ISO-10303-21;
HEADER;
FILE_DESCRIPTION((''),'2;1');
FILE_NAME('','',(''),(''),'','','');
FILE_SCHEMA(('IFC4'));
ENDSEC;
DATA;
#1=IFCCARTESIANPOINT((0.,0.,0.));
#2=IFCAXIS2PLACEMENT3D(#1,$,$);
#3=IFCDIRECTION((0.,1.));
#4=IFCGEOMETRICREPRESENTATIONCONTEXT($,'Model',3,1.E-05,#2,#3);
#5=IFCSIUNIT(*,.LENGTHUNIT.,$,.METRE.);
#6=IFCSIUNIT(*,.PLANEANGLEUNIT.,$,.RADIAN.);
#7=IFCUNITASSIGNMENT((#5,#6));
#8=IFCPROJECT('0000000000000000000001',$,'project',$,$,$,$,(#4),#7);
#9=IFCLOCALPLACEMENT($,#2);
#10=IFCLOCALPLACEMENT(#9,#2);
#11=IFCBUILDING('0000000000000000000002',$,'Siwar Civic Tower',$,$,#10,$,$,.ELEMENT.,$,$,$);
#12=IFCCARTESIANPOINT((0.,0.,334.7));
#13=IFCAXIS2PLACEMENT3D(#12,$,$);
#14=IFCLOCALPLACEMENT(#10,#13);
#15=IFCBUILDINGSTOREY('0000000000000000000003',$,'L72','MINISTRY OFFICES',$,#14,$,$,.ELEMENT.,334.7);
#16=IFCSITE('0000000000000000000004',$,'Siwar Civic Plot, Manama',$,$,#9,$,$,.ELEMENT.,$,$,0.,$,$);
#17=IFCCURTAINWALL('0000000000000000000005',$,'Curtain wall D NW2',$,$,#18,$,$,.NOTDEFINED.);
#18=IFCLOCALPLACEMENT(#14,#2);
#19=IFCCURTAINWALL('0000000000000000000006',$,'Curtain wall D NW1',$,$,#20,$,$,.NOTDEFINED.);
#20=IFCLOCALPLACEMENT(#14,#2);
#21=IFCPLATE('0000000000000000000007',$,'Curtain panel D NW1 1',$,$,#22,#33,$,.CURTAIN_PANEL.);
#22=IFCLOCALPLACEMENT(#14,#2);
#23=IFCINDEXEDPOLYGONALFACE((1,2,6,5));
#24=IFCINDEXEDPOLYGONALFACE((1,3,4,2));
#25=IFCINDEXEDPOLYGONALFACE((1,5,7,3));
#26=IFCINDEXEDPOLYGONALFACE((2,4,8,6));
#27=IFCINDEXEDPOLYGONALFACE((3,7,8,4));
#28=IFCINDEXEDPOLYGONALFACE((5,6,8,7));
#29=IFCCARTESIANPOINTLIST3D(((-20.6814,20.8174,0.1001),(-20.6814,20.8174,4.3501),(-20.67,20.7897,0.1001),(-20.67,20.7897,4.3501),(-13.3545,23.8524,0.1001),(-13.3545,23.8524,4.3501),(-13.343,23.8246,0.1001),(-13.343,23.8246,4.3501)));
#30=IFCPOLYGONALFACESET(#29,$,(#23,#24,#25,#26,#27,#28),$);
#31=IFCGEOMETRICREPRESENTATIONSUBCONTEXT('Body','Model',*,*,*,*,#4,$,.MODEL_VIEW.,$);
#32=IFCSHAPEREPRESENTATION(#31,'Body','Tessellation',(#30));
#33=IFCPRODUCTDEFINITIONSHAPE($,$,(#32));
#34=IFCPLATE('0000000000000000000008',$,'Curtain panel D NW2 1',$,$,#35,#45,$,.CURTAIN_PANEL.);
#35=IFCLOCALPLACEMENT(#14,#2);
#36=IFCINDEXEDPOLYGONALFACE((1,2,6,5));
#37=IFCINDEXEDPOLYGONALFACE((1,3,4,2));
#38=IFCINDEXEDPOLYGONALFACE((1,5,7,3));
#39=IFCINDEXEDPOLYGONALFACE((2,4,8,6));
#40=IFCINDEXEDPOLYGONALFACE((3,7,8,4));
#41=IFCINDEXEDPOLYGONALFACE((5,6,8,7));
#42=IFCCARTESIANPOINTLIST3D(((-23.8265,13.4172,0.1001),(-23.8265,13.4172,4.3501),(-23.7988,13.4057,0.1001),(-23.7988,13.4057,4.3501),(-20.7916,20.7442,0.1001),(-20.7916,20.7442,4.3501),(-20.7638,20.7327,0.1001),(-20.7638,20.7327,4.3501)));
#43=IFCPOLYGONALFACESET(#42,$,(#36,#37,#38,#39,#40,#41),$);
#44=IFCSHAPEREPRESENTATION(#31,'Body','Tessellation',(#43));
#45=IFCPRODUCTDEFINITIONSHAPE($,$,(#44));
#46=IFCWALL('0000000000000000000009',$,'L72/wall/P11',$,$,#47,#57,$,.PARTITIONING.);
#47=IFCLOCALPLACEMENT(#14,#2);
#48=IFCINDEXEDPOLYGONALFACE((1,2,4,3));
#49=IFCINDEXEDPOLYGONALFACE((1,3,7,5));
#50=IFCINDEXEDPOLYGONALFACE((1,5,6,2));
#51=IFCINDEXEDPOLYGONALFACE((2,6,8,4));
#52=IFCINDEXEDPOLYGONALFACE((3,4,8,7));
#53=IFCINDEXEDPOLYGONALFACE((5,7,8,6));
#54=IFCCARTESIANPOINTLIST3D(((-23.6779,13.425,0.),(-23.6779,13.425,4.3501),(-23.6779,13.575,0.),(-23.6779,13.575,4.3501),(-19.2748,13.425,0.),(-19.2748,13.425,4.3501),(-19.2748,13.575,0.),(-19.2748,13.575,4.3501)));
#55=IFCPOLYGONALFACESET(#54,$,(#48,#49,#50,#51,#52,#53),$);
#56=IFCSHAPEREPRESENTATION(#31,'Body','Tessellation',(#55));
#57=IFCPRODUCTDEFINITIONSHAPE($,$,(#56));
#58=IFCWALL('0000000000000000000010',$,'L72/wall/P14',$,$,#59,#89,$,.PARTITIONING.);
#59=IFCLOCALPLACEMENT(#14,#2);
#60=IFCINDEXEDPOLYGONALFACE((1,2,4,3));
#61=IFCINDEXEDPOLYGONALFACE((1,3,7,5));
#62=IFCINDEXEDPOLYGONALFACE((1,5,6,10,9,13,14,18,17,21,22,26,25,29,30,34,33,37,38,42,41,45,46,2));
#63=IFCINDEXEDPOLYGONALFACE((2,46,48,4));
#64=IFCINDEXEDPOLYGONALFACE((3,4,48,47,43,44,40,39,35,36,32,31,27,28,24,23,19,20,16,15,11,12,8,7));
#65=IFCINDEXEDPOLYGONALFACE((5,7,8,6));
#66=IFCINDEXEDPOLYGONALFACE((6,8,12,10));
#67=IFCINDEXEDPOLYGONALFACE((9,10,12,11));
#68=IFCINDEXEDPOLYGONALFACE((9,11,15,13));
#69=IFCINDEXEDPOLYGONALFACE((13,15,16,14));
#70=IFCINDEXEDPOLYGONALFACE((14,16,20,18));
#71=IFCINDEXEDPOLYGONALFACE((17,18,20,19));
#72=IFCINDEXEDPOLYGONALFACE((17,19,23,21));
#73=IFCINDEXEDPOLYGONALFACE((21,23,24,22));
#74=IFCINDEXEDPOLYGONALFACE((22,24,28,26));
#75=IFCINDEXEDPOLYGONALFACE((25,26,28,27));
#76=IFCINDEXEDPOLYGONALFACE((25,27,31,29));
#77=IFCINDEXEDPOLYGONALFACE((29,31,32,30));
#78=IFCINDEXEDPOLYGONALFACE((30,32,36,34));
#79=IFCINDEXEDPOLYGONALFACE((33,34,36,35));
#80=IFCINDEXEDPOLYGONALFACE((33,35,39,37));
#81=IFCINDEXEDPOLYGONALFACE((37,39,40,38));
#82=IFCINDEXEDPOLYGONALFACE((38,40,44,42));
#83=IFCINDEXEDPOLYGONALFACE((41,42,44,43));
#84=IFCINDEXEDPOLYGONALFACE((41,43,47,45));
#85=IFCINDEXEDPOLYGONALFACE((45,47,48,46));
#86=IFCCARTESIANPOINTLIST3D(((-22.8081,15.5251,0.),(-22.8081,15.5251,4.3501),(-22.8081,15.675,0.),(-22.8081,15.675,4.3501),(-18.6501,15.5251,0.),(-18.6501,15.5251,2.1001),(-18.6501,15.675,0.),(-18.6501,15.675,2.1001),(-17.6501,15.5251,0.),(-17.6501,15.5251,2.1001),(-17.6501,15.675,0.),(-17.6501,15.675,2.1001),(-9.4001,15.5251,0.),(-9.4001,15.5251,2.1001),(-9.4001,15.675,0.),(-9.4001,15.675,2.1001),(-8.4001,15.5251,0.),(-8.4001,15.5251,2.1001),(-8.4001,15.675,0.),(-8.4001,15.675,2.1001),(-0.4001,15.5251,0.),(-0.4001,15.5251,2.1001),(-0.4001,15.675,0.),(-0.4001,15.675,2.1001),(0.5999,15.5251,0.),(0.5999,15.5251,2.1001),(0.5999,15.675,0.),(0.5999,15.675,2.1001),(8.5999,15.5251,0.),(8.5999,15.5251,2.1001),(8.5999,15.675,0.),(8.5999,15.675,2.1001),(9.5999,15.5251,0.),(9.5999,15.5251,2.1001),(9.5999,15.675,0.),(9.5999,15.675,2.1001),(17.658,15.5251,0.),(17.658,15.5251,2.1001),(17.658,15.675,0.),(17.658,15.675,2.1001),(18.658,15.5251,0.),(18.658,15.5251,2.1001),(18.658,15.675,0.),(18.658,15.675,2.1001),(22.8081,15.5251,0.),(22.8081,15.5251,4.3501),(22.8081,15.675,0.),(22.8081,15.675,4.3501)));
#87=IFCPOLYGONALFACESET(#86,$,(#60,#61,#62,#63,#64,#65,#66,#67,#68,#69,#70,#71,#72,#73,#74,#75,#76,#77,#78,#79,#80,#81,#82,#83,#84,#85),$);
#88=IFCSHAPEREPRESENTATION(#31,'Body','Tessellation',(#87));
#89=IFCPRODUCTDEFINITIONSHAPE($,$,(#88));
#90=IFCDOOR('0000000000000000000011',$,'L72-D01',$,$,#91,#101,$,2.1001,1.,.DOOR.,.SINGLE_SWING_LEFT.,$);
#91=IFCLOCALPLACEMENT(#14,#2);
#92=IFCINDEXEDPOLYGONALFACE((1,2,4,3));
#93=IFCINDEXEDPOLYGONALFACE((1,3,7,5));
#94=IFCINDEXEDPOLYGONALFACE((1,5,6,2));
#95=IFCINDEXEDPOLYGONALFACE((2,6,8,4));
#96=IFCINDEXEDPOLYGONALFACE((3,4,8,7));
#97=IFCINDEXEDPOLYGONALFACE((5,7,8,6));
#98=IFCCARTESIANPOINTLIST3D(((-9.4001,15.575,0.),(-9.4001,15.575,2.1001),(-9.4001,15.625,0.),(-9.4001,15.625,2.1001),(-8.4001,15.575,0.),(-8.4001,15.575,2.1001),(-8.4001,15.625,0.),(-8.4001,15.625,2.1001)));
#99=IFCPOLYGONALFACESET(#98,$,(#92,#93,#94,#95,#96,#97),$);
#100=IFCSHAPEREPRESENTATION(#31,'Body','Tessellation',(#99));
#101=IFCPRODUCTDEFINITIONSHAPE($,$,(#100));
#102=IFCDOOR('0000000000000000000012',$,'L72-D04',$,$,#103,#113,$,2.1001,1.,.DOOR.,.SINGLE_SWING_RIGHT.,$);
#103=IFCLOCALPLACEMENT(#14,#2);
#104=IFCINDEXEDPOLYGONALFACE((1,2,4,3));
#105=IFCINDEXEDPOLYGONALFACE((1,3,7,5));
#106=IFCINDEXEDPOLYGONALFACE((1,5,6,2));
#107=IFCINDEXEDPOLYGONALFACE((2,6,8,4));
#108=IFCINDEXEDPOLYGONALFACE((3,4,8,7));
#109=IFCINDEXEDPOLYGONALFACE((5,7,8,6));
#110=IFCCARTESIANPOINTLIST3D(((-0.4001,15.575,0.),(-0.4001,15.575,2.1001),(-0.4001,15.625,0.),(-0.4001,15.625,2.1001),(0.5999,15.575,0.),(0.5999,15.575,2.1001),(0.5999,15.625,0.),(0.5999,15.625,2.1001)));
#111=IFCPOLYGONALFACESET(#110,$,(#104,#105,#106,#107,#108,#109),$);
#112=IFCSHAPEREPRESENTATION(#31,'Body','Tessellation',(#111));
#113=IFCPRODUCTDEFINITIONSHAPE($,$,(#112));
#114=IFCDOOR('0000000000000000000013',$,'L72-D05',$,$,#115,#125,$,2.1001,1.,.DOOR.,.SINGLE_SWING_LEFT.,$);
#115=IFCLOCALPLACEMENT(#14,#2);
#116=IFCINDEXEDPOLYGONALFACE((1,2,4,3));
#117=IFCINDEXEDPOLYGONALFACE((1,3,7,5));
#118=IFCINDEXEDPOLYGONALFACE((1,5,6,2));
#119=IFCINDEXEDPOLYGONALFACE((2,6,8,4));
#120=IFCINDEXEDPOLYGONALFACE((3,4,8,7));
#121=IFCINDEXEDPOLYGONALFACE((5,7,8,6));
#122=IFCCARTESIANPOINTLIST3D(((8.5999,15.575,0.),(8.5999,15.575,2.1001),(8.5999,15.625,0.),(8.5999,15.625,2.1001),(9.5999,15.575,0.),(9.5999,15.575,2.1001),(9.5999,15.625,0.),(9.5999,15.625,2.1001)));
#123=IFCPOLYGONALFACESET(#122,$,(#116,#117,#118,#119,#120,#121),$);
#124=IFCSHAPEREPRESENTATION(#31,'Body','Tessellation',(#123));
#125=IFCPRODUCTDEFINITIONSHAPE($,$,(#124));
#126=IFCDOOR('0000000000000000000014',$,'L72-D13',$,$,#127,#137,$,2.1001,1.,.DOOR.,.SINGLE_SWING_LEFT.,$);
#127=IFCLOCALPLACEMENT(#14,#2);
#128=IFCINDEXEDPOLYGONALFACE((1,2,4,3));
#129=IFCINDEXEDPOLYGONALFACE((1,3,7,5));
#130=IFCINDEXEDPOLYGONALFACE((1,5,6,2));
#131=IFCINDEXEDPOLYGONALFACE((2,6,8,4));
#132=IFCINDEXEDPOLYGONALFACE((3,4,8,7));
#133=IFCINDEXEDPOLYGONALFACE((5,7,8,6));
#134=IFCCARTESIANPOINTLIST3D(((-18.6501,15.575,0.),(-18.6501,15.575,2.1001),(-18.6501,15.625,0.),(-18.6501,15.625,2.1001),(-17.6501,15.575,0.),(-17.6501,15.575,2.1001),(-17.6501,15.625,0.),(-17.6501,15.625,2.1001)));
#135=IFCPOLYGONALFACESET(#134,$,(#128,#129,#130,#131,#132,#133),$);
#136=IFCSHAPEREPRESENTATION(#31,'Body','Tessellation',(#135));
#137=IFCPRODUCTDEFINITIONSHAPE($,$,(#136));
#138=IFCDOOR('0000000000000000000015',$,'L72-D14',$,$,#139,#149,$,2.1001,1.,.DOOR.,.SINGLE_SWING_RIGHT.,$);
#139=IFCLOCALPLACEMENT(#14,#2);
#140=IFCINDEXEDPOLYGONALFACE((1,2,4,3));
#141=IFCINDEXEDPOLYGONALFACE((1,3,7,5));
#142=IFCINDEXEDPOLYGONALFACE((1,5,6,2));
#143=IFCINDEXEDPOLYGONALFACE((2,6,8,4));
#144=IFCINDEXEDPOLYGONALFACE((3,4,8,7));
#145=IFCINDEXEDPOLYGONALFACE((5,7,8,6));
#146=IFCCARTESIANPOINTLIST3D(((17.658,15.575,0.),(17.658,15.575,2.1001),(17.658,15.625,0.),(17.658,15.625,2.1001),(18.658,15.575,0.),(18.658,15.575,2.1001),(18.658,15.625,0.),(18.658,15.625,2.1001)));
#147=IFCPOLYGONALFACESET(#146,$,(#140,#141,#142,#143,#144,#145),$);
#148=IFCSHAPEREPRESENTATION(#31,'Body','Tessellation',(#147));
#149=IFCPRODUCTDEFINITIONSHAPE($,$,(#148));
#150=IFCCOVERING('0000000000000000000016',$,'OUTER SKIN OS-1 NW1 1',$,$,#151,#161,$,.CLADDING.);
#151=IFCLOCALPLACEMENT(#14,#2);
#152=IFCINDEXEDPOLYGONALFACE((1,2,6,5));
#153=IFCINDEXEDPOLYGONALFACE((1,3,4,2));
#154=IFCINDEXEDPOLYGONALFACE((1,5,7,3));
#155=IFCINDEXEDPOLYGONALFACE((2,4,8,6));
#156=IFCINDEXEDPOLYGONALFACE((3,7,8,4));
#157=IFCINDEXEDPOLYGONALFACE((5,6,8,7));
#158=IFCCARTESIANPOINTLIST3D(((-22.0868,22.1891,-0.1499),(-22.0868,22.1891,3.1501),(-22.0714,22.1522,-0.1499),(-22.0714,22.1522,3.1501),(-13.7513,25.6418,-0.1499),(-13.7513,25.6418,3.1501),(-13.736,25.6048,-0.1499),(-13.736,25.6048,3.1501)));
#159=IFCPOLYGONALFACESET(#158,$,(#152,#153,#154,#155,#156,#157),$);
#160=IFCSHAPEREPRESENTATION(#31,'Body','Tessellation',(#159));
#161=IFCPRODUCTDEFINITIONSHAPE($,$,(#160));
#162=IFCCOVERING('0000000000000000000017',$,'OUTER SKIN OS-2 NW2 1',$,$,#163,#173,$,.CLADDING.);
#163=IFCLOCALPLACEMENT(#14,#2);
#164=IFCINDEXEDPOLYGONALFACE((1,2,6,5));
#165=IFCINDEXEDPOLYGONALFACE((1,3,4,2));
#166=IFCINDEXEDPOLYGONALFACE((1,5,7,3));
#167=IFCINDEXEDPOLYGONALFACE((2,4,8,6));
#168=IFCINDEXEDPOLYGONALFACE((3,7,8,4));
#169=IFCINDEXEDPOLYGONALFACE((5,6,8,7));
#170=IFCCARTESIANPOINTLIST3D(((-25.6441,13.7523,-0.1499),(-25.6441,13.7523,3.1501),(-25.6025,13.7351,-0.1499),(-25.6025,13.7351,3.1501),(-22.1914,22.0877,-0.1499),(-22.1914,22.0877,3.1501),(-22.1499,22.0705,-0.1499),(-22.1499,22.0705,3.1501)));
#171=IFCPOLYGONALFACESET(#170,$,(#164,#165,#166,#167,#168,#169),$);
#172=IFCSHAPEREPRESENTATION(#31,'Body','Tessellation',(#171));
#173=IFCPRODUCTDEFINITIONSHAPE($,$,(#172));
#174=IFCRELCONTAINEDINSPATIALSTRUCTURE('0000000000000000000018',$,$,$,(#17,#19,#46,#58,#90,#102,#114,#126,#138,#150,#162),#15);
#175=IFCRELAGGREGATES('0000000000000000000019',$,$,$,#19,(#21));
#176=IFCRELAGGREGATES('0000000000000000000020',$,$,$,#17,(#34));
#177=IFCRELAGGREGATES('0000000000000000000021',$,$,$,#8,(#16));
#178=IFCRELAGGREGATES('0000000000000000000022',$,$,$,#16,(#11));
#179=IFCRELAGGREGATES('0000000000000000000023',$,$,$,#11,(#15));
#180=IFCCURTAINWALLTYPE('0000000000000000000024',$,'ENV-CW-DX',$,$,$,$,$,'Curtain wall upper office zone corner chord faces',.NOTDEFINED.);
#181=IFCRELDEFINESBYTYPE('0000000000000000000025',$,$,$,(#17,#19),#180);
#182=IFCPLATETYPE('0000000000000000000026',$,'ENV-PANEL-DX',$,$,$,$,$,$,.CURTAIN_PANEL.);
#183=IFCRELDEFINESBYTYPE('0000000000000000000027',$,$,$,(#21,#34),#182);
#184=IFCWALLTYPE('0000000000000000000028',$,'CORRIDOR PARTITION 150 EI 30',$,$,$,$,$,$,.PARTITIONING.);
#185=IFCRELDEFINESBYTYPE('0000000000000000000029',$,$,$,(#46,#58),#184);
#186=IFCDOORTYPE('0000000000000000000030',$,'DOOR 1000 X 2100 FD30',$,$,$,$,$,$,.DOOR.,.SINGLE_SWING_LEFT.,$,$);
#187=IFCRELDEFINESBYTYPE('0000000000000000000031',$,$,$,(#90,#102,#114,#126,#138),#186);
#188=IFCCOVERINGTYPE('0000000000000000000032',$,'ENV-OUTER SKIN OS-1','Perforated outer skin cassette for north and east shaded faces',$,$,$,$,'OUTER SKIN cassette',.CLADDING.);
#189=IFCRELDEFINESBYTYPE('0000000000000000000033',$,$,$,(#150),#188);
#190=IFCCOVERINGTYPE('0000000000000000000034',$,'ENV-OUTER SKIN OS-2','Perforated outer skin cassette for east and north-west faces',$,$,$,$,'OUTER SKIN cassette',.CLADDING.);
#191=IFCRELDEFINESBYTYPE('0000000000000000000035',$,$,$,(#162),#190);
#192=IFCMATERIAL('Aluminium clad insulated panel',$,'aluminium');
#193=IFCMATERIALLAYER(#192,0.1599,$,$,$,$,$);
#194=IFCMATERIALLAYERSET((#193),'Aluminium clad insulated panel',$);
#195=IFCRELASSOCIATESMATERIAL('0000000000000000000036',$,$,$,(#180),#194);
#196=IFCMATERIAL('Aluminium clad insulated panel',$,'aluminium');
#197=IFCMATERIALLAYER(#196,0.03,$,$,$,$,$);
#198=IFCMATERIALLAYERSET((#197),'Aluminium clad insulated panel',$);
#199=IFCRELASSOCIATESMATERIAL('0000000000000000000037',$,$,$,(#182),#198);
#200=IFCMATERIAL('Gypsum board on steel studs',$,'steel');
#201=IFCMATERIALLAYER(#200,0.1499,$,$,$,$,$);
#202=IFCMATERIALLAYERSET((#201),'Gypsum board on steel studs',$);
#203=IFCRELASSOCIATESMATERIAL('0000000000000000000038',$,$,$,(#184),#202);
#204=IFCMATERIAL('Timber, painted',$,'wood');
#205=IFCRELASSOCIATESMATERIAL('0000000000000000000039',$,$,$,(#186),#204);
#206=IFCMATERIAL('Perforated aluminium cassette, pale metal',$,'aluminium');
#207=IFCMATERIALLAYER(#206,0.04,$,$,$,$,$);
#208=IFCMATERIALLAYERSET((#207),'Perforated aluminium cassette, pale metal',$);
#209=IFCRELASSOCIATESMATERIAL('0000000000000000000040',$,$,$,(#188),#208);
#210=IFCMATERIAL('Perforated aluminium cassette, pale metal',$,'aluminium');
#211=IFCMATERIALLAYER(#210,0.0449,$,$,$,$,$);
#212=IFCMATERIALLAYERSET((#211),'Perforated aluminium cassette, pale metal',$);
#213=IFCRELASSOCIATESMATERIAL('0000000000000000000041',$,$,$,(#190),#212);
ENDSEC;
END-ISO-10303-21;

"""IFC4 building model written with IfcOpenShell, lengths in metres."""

from ifc_helpers import new_model, si_unit, direction, frame, frame_2d, origin, origin_2d, place, context, subcontext, project, spatial, rectangle, extrude, material, layer, layer_set, type_object, element, fill, aggregate, save


model = new_model("IFC4")

# Units and contexts
model_context = context("Model", 3, precision=1e-05, world=origin(), true_north=direction((0.0, 1.0)))
body_context = subcontext(model_context, "Body", "Model", "MODEL_VIEW")
ifc_project = project(units=[si_unit("LENGTHUNIT", "METRE"), si_unit("PLANEANGLEUNIT", "RADIAN")], contexts=[model_context])

# Site, building, storey
site_placement = place(None, origin())
site = spatial("IfcSite", under=ifc_project, at=site_placement, Name="Siwar Civic Plot, Manama", CompositionType="ELEMENT", RefElevation=0.0)
building_placement = place(site_placement, origin())
building = spatial("IfcBuilding", under=site, at=building_placement, Name="Siwar Civic Tower", CompositionType="ELEMENT")
storey_placement = place(building_placement, frame((0.0, 0.0, 334.7)))
storey = spatial("IfcBuildingStorey", under=building, at=storey_placement, Name="L72", Description="MINISTRY OFFICES", CompositionType="ELEMENT", Elevation=334.7)

# Curtain wall
ifc_material_1 = material(Name="Aluminium clad insulated panel", Category="aluminium")
ifc_layer_1 = layer(ifc_material_1, 0.1599)
ifc_layer_set_1 = layer_set([ifc_layer_1], Name="Aluminium clad insulated panel")
curtain_wall_type_1 = type_object("IfcCurtainWallType", Name="ENV-CW-DX", ElementType="Curtain wall upper office zone corner chord faces", PredefinedType="NOTDEFINED", material=ifc_layer_set_1)
curtain_wall_1_placement = place(storey_placement, origin())
curtain_wall_1 = element("IfcCurtainWall", 1, at=curtain_wall_1_placement, inside=storey, type_object=curtain_wall_type_1, Name="Curtain wall D NW2", PredefinedType="NOTDEFINED")

# Curtain wall, plate
curtain_wall_2_placement = place(storey_placement, origin())
curtain_wall_2 = element("IfcCurtainWall", 2, at=curtain_wall_2_placement, inside=storey, type_object=curtain_wall_type_1, Name="Curtain wall D NW1", PredefinedType="NOTDEFINED")
ifc_material_2 = material(Name="Aluminium clad insulated panel", Category="aluminium")
ifc_layer_2 = layer(ifc_material_2, 0.03)
ifc_layer_set_2 = layer_set([ifc_layer_2], Name="Aluminium clad insulated panel")
plate_type = type_object("IfcPlateType", Name="ENV-PANEL-DX", PredefinedType="CURTAIN_PANEL", material=ifc_layer_set_2)
plate_1_placement = place(storey_placement, frame((-17.0122, 22.321, 0.1001), z_axis=(0.0, 0.0, 1.0), x_axis=(-0.92388, -0.382683, 0.0)))
plate_1 = element("IfcPlate", 3, at=plate_1_placement, type_object=plate_type, Name="Curtain panel D NW1 1", PredefinedType="CURTAIN_PANEL", context=body_context, shape_type="SweptSolid", body=[
    extrude(rectangle(XDim=7.9307, YDim=0.03, at=origin_2d()), origin(), (0.0, 0.0, 1.0), 4.25),
])
aggregate(curtain_wall_2, [plate_1])

# Plate
plate_2_placement = place(storey_placement, frame((-22.2952, 17.075, 0.1001), z_axis=(0.0, 0.0, 1.0), x_axis=(-0.382683, -0.92388, 0.0)))
plate_2 = element("IfcPlate", 4, at=plate_2_placement, type_object=plate_type, Name="Curtain panel D NW2 1", PredefinedType="CURTAIN_PANEL", context=body_context, shape_type="SweptSolid", body=[
    extrude(rectangle(XDim=7.9307, YDim=0.03, at=origin_2d()), origin(), (0.0, 0.0, 1.0), 4.25),
])
aggregate(curtain_wall_1, [plate_2])

# Wall
ifc_material_3 = material(Name="Gypsum board on steel studs", Category="steel")
ifc_layer_3 = layer(ifc_material_3, 0.1499)
ifc_layer_set_3 = layer_set([ifc_layer_3], Name="Gypsum board on steel studs")
wall_type = type_object("IfcWallType", Name="CORRIDOR PARTITION 150 EI 30", PredefinedType="PARTITIONING", material=ifc_layer_set_3)
wall_1_placement = place(storey_placement, frame((-23.678, 13.5, 0.0), z_axis=(0.0, 0.0, 1.0), x_axis=(1.0, 0.0, 0.0)))
element("IfcWall", 5, at=wall_1_placement, inside=storey, type_object=wall_type, Name="L72/wall/P11", PredefinedType="PARTITIONING", context=body_context, shape_type="SweptSolid", body=[
    extrude(rectangle(XDim=4.4031, YDim=0.1499, at=frame_2d((2.2017, 0.0))), origin(), (0.0, 0.0, 1.0), 4.3501),
])

# Wall, openings, doors
wall_2_placement = place(storey_placement, frame((-22.8081, 15.6001, 0.0), z_axis=(0.0, 0.0, 1.0), x_axis=(1.0, 0.0, 0.0)))
wall_2 = element("IfcWall", 6, at=wall_2_placement, inside=storey, type_object=wall_type, Name="L72/wall/P14", PredefinedType="PARTITIONING", context=body_context, shape_type="SweptSolid", body=[
    extrude(rectangle(XDim=45.6162, YDim=0.1499, at=frame_2d((22.8081, 0.0))), origin(), (0.0, 0.0, 1.0), 4.3501),
])
opening_1_placement = place(wall_2_placement, frame((13.408, 0.0, 0.0)))
opening_1 = element("IfcOpeningElement", 7, at=opening_1_placement, cuts=wall_2, PredefinedType="OPENING", context=body_context, shape_type="SweptSolid", body=[
    extrude(rectangle(XDim=1.0, YDim=2.1001, at=frame_2d((0.5, 1.05))), frame((0.0, 0.085, 0.0), z_axis=(0.0, -1.0, 0.0), x_axis=(1.0, 0.0, 0.0)), (0.0, 0.0, 1.0), 0.1699),
])
opening_2_placement = place(wall_2_placement, frame((22.408, 0.0, 0.0)))
opening_2 = element("IfcOpeningElement", 8, at=opening_2_placement, cuts=wall_2, PredefinedType="OPENING", context=body_context, shape_type="SweptSolid", body=[
    extrude(rectangle(XDim=1.0, YDim=2.1001, at=frame_2d((0.5, 1.05))), frame((0.0, 0.085, 0.0), z_axis=(0.0, -1.0, 0.0), x_axis=(1.0, 0.0, 0.0)), (0.0, 0.0, 1.0), 0.1699),
])
opening_3_placement = place(wall_2_placement, frame((31.408, 0.0, 0.0)))
opening_3 = element("IfcOpeningElement", 9, at=opening_3_placement, cuts=wall_2, PredefinedType="OPENING", context=body_context, shape_type="SweptSolid", body=[
    extrude(rectangle(XDim=1.0, YDim=2.1001, at=frame_2d((0.5, 1.05))), frame((0.0, 0.085, 0.0), z_axis=(0.0, -1.0, 0.0), x_axis=(1.0, 0.0, 0.0)), (0.0, 0.0, 1.0), 0.1699),
])
opening_4_placement = place(wall_2_placement, frame((4.158, 0.0, 0.0)))
opening_4 = element("IfcOpeningElement", 10, at=opening_4_placement, cuts=wall_2, PredefinedType="OPENING", context=body_context, shape_type="SweptSolid", body=[
    extrude(rectangle(XDim=1.0, YDim=2.1001, at=frame_2d((0.5, 1.05))), frame((0.0, 0.085, 0.0), z_axis=(0.0, -1.0, 0.0), x_axis=(1.0, 0.0, 0.0)), (0.0, 0.0, 1.0), 0.1699),
])
opening_5_placement = place(wall_2_placement, frame((40.4661, 0.0, 0.0)))
opening_5 = element("IfcOpeningElement", 11, at=opening_5_placement, cuts=wall_2, PredefinedType="OPENING", context=body_context, shape_type="SweptSolid", body=[
    extrude(rectangle(XDim=1.0, YDim=2.1001, at=frame_2d((0.5, 1.05))), frame((0.0, 0.085, 0.0), z_axis=(0.0, -1.0, 0.0), x_axis=(1.0, 0.0, 0.0)), (0.0, 0.0, 1.0), 0.1699),
])
ifc_material_4 = material(Name="Timber, painted", Category="wood")
door_type = type_object("IfcDoorType", Name="DOOR 1000 X 2100 FD30", OperationType="SINGLE_SWING_LEFT", PredefinedType="DOOR", material=ifc_material_4)
door_1_placement = place(opening_1_placement, origin())
door_1 = element("IfcDoor", 12, at=door_1_placement, inside=storey, type_object=door_type, Name="L72-D01", OperationType="SINGLE_SWING_LEFT", OverallHeight=2.1001, OverallWidth=1.0, PredefinedType="DOOR", context=body_context, shape_type="SweptSolid", body=[
    extrude(rectangle(XDim=1.0, YDim=2.1001, at=frame_2d((0.5, 1.05))), frame((0.0, 0.0249, 0.0), z_axis=(0.0, -1.0, 0.0), x_axis=(1.0, 0.0, 0.0)), (0.0, 0.0, 1.0), 0.05),
])
fill(opening_1, door_1)
door_2_placement = place(opening_2_placement, origin())
door_2 = element("IfcDoor", 13, at=door_2_placement, inside=storey, type_object=door_type, Name="L72-D04", OperationType="SINGLE_SWING_RIGHT", OverallHeight=2.1001, OverallWidth=1.0, PredefinedType="DOOR", context=body_context, shape_type="SweptSolid", body=[
    extrude(rectangle(XDim=1.0, YDim=2.1001, at=frame_2d((0.5, 1.05))), frame((0.0, 0.0249, 0.0), z_axis=(0.0, -1.0, 0.0), x_axis=(1.0, 0.0, 0.0)), (0.0, 0.0, 1.0), 0.05),
])
fill(opening_2, door_2)
door_3_placement = place(opening_3_placement, origin())
door_3 = element("IfcDoor", 14, at=door_3_placement, inside=storey, type_object=door_type, Name="L72-D05", OperationType="SINGLE_SWING_LEFT", OverallHeight=2.1001, OverallWidth=1.0, PredefinedType="DOOR", context=body_context, shape_type="SweptSolid", body=[
    extrude(rectangle(XDim=1.0, YDim=2.1001, at=frame_2d((0.5, 1.05))), frame((0.0, 0.0249, 0.0), z_axis=(0.0, -1.0, 0.0), x_axis=(1.0, 0.0, 0.0)), (0.0, 0.0, 1.0), 0.05),
])
fill(opening_3, door_3)
door_4_placement = place(opening_4_placement, origin())
door_4 = element("IfcDoor", 15, at=door_4_placement, inside=storey, type_object=door_type, Name="L72-D13", OperationType="SINGLE_SWING_LEFT", OverallHeight=2.1001, OverallWidth=1.0, PredefinedType="DOOR", context=body_context, shape_type="SweptSolid", body=[
    extrude(rectangle(XDim=1.0, YDim=2.1001, at=frame_2d((0.5, 1.05))), frame((0.0, 0.0249, 0.0), z_axis=(0.0, -1.0, 0.0), x_axis=(1.0, 0.0, 0.0)), (0.0, 0.0, 1.0), 0.05),
])
fill(opening_4, door_4)
door_5_placement = place(opening_5_placement, origin())
door_5 = element("IfcDoor", 16, at=door_5_placement, inside=storey, type_object=door_type, Name="L72-D14", OperationType="SINGLE_SWING_RIGHT", OverallHeight=2.1001, OverallWidth=1.0, PredefinedType="DOOR", context=body_context, shape_type="SweptSolid", body=[
    extrude(rectangle(XDim=1.0, YDim=2.1001, at=frame_2d((0.5, 1.05))), frame((0.0, 0.0249, 0.0), z_axis=(0.0, -1.0, 0.0), x_axis=(1.0, 0.0, 0.0)), (0.0, 0.0, 1.0), 0.05),
])
fill(opening_5, door_5)

# Coverings
ifc_material_5 = material(Name="Perforated aluminium cassette, pale metal", Category="aluminium")
ifc_layer_4 = layer(ifc_material_5, 0.04)
ifc_layer_set_4 = layer_set([ifc_layer_4], Name="Perforated aluminium cassette, pale metal")
covering_type_1 = type_object("IfcCoveringType", Name="ENV-OUTER SKIN OS-1", Description="Perforated outer skin cassette for north and east shaded faces", ElementType="OUTER SKIN cassette", PredefinedType="CLADDING", material=ifc_layer_set_4)
covering_1_placement = place(storey_placement, frame((-17.9114, 23.897, -0.1499), z_axis=(0.0, 0.0, 1.0), x_axis=(-0.92388, -0.382683, 0.0)))
element("IfcCovering", 17, at=covering_1_placement, inside=storey, type_object=covering_type_1, Name="OUTER SKIN OS-1 NW1 1", PredefinedType="CLADDING", context=body_context, shape_type="SweptSolid", body=[
    extrude(rectangle(XDim=9.0222, YDim=0.04, at=origin_2d()), origin(), (0.0, 0.0, 1.0), 3.3),
])
ifc_material_6 = material(Name="Perforated aluminium cassette, pale metal", Category="aluminium")
ifc_layer_5 = layer(ifc_material_6, 0.0449)
ifc_layer_set_5 = layer_set([ifc_layer_5], Name="Perforated aluminium cassette, pale metal")
covering_type_2 = type_object("IfcCoveringType", Name="ENV-OUTER SKIN OS-2", Description="Perforated outer skin cassette for east and north-west faces", ElementType="OUTER SKIN cassette", PredefinedType="CLADDING", material=ifc_layer_set_5)
covering_2_placement = place(storey_placement, frame((-23.897, 17.9114, -0.1499), z_axis=(0.0, 0.0, 1.0), x_axis=(-0.382683, -0.92388, 0.0)))
element("IfcCovering", 18, at=covering_2_placement, inside=storey, type_object=covering_type_2, Name="OUTER SKIN OS-2 NW2 1", PredefinedType="CLADDING", context=body_context, shape_type="SweptSolid", body=[
    extrude(rectangle(XDim=9.0222, YDim=0.0449, at=origin_2d()), origin(), (0.0, 0.0, 1.0), 3.3),
])

save(model, "model.ifc")
